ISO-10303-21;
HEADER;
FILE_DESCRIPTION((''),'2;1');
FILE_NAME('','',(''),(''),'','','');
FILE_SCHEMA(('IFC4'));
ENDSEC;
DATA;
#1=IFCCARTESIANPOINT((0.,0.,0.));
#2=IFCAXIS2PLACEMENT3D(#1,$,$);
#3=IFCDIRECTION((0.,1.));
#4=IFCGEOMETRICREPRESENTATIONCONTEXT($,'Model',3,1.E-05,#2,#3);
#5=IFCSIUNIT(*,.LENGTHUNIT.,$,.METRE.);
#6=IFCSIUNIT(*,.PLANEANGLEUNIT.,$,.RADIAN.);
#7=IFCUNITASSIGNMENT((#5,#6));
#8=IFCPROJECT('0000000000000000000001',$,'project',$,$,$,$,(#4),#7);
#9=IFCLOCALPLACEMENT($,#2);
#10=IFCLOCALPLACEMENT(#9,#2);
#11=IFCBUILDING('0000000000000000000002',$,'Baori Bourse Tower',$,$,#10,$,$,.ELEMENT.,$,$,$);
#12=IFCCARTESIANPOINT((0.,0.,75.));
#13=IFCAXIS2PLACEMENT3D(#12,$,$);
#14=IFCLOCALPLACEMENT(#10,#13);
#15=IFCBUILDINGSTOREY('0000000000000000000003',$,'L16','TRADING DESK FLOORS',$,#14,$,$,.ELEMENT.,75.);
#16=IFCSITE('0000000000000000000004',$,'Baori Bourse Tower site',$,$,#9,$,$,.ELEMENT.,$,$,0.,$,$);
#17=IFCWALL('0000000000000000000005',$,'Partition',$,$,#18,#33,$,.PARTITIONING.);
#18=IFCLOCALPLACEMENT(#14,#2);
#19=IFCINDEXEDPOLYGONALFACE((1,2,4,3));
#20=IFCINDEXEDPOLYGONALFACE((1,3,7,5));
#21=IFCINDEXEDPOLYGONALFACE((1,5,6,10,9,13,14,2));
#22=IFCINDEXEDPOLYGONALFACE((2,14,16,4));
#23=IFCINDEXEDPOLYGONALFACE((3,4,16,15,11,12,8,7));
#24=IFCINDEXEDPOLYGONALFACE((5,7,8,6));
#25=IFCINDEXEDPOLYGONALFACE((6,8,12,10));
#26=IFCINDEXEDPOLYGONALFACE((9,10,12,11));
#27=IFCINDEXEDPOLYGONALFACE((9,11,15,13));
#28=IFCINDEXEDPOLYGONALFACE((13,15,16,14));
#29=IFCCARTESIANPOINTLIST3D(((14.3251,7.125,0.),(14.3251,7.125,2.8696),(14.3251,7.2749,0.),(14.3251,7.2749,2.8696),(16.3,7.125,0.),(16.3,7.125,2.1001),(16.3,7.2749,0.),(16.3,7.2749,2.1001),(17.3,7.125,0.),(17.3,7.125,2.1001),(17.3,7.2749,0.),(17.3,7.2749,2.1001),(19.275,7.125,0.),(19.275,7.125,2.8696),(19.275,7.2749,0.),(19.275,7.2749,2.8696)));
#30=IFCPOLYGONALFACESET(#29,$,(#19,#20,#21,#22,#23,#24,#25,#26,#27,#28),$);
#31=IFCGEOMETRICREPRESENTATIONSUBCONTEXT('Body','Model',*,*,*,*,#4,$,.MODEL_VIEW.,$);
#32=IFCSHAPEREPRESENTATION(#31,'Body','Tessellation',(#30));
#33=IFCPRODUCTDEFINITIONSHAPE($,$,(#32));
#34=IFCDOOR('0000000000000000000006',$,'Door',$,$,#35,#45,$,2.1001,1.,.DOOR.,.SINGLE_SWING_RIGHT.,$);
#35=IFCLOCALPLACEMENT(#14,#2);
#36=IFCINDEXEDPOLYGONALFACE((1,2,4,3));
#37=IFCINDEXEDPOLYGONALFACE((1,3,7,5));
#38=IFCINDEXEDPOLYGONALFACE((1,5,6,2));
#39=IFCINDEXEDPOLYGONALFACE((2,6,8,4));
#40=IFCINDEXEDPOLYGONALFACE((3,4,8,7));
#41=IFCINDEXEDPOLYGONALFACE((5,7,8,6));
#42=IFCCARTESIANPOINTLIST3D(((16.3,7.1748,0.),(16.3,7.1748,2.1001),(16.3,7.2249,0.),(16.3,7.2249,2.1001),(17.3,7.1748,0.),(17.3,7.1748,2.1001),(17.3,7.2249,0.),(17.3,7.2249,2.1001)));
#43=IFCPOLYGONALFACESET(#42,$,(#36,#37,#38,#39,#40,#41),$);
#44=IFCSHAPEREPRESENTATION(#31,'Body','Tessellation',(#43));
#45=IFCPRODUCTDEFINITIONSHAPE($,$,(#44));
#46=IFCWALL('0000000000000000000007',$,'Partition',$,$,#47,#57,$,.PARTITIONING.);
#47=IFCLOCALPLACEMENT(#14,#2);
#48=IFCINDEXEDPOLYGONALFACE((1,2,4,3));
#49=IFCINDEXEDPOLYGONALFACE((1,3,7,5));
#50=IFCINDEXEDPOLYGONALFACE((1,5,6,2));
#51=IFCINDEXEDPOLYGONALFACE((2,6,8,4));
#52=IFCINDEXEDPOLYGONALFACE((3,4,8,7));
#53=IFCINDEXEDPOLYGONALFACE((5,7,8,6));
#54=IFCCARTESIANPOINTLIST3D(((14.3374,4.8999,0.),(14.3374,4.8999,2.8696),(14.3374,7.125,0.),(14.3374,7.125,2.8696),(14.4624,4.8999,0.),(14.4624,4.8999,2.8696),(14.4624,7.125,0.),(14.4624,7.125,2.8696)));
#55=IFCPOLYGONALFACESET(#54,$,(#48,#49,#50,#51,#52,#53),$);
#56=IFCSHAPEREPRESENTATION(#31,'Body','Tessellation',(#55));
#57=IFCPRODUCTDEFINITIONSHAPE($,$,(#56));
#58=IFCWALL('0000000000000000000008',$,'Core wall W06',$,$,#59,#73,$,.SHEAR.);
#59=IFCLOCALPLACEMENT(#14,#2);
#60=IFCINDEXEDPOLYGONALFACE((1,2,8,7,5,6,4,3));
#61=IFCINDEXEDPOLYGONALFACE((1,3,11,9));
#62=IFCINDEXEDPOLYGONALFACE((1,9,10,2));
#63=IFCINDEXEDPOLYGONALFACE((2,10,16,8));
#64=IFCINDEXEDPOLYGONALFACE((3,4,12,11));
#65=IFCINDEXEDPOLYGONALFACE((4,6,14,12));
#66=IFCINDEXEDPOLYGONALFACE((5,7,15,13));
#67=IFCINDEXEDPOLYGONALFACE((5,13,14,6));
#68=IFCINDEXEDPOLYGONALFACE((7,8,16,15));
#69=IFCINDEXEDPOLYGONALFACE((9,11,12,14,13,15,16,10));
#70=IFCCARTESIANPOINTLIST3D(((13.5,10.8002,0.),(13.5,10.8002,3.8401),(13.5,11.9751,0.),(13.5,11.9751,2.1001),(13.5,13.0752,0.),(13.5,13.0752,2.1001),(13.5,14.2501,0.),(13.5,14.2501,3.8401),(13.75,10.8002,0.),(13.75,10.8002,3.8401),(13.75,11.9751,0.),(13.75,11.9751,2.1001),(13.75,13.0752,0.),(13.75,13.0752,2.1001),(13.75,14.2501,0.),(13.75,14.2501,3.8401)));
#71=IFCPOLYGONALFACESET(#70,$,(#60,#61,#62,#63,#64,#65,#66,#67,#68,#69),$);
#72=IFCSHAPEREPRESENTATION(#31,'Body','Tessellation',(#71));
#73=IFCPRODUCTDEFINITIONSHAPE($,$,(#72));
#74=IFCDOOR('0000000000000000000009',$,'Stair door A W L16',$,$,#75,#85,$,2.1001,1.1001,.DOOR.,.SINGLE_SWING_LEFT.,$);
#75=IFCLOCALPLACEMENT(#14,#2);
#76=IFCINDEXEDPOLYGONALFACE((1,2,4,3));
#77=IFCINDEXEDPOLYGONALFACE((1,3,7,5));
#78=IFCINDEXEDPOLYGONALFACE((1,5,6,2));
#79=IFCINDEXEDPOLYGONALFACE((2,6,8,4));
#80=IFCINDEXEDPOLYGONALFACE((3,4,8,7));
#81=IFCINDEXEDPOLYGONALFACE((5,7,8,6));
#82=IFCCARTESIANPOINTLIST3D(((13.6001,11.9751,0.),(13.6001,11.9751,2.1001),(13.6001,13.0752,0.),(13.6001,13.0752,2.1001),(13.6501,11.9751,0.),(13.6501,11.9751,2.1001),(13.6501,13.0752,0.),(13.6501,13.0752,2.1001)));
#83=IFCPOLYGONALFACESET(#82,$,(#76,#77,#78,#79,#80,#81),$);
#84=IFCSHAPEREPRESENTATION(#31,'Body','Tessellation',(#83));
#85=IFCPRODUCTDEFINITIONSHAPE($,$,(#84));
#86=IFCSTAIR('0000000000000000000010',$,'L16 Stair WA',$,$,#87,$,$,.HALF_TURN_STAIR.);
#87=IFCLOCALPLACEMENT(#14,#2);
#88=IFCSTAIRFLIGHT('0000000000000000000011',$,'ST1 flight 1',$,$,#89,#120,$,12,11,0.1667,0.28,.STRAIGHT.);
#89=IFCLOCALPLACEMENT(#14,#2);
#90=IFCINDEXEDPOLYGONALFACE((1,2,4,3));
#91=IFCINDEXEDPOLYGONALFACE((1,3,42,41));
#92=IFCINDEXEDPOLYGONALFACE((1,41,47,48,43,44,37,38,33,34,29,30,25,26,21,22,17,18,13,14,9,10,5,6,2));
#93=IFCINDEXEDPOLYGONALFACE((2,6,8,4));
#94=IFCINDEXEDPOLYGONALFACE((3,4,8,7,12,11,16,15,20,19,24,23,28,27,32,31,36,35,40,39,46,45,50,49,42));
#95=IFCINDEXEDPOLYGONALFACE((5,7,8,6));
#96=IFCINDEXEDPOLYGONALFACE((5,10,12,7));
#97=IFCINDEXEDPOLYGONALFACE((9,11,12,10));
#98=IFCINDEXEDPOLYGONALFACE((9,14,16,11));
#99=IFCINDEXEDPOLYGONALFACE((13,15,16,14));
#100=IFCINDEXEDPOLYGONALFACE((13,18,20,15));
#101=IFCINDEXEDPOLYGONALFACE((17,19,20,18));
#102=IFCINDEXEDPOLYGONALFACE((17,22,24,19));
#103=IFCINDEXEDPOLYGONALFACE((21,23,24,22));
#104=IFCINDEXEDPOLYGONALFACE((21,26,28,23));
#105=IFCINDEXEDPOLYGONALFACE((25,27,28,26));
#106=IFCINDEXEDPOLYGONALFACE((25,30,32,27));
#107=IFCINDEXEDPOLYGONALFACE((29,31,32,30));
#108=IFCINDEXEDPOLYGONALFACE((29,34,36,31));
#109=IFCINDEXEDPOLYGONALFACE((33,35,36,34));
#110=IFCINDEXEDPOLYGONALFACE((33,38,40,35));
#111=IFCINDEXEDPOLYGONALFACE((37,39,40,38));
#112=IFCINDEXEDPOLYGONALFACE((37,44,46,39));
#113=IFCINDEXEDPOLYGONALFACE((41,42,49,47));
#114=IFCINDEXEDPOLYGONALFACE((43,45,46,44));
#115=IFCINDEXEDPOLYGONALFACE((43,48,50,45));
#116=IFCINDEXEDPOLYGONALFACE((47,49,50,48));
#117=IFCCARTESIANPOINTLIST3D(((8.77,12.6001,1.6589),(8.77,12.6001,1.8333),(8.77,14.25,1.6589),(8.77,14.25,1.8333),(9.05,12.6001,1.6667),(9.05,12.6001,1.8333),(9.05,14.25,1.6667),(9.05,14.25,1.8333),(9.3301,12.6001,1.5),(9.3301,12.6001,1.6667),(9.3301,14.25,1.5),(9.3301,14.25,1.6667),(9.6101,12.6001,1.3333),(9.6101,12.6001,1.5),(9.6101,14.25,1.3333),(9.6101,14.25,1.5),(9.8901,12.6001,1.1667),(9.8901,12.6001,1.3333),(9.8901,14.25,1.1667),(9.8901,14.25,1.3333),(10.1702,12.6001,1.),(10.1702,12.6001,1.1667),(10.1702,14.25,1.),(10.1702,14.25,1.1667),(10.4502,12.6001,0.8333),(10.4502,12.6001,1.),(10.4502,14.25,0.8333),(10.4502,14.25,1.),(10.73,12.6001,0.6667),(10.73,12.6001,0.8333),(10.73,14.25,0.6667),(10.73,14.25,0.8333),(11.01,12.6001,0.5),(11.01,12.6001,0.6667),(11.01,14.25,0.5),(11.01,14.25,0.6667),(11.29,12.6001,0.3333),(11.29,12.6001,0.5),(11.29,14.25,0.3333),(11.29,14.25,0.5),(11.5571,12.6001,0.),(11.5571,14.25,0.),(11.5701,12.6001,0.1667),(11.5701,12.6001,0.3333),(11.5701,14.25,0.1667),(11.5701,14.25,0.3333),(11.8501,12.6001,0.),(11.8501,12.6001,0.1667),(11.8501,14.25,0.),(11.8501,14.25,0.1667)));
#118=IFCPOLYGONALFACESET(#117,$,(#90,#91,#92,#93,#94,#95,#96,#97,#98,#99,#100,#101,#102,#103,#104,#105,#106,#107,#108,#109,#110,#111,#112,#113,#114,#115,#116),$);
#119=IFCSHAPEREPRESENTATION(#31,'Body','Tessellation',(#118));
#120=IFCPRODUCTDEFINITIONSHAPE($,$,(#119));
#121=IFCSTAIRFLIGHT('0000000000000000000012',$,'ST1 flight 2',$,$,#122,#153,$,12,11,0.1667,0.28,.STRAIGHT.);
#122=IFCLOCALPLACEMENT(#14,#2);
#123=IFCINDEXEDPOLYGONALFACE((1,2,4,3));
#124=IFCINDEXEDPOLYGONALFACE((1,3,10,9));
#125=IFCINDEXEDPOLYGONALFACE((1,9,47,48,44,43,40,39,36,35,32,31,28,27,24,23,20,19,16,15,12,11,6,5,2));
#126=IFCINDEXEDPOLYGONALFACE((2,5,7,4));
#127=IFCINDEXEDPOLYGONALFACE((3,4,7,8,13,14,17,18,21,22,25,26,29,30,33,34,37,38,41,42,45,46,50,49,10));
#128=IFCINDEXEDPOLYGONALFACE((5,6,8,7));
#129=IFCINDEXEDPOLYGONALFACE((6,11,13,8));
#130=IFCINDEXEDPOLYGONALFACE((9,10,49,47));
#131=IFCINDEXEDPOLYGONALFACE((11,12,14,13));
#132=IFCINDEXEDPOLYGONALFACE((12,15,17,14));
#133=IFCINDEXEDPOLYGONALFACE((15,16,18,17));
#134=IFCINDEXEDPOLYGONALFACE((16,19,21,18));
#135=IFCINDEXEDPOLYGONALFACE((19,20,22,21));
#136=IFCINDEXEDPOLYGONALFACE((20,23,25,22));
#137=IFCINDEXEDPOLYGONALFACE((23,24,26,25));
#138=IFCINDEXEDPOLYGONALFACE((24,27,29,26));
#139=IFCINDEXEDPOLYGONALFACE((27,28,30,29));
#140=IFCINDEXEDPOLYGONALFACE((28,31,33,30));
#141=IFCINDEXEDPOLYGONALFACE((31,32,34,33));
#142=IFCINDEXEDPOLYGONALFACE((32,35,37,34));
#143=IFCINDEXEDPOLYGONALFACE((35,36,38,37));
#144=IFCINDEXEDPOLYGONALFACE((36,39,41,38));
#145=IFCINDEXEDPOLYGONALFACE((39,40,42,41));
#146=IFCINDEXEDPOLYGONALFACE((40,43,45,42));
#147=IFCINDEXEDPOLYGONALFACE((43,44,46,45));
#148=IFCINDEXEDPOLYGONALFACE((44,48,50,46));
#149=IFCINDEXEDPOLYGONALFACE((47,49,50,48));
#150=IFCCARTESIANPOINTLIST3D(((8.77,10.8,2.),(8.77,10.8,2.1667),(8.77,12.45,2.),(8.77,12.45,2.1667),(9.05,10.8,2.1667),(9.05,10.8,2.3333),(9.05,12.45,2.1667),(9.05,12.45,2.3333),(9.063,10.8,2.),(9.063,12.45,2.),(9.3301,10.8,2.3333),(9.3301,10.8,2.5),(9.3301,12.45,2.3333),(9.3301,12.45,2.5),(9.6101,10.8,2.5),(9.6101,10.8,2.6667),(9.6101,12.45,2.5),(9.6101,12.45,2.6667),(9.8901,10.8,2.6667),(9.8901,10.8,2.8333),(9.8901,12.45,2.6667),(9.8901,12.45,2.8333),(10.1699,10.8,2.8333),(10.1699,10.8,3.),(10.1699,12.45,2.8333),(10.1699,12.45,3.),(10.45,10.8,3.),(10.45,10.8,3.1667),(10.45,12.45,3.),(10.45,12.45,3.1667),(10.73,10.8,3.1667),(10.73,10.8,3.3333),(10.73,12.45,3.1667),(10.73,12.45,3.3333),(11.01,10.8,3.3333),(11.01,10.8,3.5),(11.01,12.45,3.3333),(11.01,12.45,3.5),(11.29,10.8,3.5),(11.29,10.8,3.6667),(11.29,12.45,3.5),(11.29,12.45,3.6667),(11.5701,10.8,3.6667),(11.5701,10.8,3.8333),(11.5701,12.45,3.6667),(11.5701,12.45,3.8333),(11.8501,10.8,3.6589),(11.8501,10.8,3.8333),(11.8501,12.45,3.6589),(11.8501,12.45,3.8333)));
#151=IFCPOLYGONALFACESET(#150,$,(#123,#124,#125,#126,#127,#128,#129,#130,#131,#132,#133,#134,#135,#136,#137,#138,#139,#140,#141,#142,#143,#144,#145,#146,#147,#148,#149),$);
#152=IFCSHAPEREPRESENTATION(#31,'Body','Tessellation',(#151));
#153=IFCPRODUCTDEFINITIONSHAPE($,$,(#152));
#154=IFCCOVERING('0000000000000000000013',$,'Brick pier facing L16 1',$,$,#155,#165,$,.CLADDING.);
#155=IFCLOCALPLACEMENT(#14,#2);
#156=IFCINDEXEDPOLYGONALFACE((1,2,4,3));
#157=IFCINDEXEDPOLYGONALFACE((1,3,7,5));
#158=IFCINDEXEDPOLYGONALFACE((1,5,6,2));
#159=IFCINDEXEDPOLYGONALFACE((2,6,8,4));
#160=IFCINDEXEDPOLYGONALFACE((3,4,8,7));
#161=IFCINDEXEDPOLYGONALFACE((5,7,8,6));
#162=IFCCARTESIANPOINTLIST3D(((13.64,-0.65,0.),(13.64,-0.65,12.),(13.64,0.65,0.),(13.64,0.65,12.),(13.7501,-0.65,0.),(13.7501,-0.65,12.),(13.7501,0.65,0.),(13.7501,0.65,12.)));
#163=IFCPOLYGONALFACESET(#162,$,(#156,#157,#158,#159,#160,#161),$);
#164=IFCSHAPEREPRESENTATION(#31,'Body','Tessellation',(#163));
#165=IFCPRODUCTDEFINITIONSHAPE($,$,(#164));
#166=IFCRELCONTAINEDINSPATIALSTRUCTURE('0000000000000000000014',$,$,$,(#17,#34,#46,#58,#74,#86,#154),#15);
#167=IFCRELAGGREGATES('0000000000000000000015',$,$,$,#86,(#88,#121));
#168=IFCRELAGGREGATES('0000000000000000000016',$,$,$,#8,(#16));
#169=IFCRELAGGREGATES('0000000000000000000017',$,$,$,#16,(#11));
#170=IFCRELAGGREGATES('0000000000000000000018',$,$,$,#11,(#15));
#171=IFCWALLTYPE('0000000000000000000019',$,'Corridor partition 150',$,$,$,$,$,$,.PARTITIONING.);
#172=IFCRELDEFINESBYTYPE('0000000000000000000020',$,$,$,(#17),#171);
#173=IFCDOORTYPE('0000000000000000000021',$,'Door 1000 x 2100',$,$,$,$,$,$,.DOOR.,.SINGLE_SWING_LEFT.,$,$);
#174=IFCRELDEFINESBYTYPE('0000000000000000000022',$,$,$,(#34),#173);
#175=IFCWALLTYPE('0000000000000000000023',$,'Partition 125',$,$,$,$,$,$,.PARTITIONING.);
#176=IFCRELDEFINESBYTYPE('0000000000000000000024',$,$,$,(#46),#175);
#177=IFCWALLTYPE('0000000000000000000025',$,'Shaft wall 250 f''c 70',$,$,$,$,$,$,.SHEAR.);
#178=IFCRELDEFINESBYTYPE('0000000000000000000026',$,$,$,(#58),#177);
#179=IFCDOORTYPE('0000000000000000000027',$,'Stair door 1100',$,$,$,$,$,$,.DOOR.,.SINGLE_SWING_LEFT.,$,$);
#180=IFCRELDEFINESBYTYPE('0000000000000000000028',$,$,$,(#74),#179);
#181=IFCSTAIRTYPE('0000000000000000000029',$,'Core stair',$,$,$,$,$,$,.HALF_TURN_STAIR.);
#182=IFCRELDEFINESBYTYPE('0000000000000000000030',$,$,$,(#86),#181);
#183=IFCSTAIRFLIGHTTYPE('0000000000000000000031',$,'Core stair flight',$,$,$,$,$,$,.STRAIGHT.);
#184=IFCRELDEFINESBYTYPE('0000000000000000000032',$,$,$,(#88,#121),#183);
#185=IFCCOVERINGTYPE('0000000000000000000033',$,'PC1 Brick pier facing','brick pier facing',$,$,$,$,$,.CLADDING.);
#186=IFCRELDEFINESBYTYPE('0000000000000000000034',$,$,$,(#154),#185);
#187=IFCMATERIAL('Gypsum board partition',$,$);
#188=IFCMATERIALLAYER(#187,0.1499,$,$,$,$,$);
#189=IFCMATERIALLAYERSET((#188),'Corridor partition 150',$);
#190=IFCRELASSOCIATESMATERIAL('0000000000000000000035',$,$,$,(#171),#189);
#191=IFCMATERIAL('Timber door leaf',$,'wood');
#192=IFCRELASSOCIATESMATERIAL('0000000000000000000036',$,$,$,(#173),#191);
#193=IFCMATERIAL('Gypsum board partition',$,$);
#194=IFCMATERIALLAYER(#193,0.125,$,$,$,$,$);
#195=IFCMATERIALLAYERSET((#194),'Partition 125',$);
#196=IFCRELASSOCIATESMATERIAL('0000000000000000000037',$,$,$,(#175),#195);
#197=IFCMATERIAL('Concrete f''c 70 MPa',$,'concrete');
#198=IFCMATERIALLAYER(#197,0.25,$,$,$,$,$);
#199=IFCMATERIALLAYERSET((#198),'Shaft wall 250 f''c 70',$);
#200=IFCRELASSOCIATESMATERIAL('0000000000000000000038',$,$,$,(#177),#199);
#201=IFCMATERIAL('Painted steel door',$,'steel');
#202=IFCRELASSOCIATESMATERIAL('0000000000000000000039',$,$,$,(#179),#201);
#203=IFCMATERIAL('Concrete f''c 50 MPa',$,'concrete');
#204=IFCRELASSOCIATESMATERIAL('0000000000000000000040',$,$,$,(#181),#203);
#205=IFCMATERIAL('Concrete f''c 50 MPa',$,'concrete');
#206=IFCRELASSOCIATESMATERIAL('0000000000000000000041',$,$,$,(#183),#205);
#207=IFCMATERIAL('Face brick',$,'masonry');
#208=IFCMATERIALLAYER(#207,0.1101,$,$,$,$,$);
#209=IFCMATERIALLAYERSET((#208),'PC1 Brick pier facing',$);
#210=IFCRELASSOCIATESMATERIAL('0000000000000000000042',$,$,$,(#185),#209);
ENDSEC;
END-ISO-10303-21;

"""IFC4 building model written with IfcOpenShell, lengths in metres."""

from ifc_helpers import new_model, si_unit, direction, frame, frame_2d, origin, origin_2d, place, context, subcontext, project, spatial, polyline, rectangle, outline, extrude, material, layer, layer_set, type_object, element, fill, aggregate, save


model = new_model("IFC4")

# Units and contexts
model_context = context("Model", 3, precision=1e-05, world=origin(), true_north=direction((0.0, 1.0)))
body_context = subcontext(model_context, "Body", "Model", "MODEL_VIEW")
ifc_project = project(units=[si_unit("LENGTHUNIT", "METRE"), si_unit("PLANEANGLEUNIT", "RADIAN")], contexts=[model_context])

# Site, building, storey
site_placement = place(None, origin())
site = spatial("IfcSite", under=ifc_project, at=site_placement, Name="Baori Bourse Tower site", CompositionType="ELEMENT", RefElevation=0.0)
building_placement = place(site_placement, origin())
building = spatial("IfcBuilding", under=site, at=building_placement, Name="Baori Bourse Tower", CompositionType="ELEMENT")
storey_placement = place(building_placement, frame((0.0, 0.0, 75.0)))
storey = spatial("IfcBuildingStorey", under=building, at=storey_placement, Name="L16", Description="TRADING DESK FLOORS", CompositionType="ELEMENT", Elevation=75.0)

# Wall, opening, door
ifc_material_1 = material(Name="Gypsum board partition")
ifc_layer_1 = layer(ifc_material_1, 0.1499)
ifc_layer_set_1 = layer_set([ifc_layer_1], Name="Corridor partition 150")
wall_type_1 = type_object("IfcWallType", Name="Corridor partition 150", PredefinedType="PARTITIONING", material=ifc_layer_set_1)
wall_1_placement = place(storey_placement, frame((14.325, 7.2, 0.0), z_axis=(0.0, 0.0, 1.0), x_axis=(1.0, 0.0, 0.0)))
wall_1 = element("IfcWall", 1, at=wall_1_placement, inside=storey, type_object=wall_type_1, Name="Partition", PredefinedType="PARTITIONING", context=body_context, shape_type="SweptSolid", body=[
    extrude(rectangle(XDim=4.95, YDim=0.1499, at=frame_2d((2.4751, 0.0))), origin(), (0.0, 0.0, 1.0), 2.8696),
])
opening_1_placement = place(wall_1_placement, frame((1.9751, 0.0, 0.0)))
opening_1 = element("IfcOpeningElement", 2, at=opening_1_placement, cuts=wall_1, PredefinedType="OPENING", context=body_context, shape_type="SweptSolid", body=[
    extrude(rectangle(XDim=1.0, YDim=2.1001, at=frame_2d((0.5, 1.05))), frame((0.0, 0.085, 0.0), z_axis=(0.0, -1.0, 0.0), x_axis=(1.0, 0.0, 0.0)), (0.0, 0.0, 1.0), 0.1699),
])
ifc_material_2 = material(Name="Timber door leaf", Category="wood")
door_type_1 = type_object("IfcDoorType", Name="Door 1000 x 2100", OperationType="SINGLE_SWING_LEFT", PredefinedType="DOOR", material=ifc_material_2)
door_1_placement = place(opening_1_placement, origin())
door_1 = element("IfcDoor", 3, at=door_1_placement, inside=storey, type_object=door_type_1, Name="Door", OperationType="SINGLE_SWING_RIGHT", OverallHeight=2.1001, OverallWidth=1.0, PredefinedType="DOOR", context=body_context, shape_type="SweptSolid", body=[
    extrude(rectangle(XDim=1.0, YDim=2.1001, at=frame_2d((0.5, 1.05))), frame((0.0, 0.0249, 0.0), z_axis=(0.0, -1.0, 0.0), x_axis=(1.0, 0.0, 0.0)), (0.0, 0.0, 1.0), 0.05),
])
fill(opening_1, door_1)

# Wall
ifc_material_3 = material(Name="Gypsum board partition")
ifc_layer_2 = layer(ifc_material_3, 0.125)
ifc_layer_set_2 = layer_set([ifc_layer_2], Name="Partition 125")
wall_type_2 = type_object("IfcWallType", Name="Partition 125", PredefinedType="PARTITIONING", material=ifc_layer_set_2)
wall_2_placement = place(storey_placement, frame((14.3999, 4.8999, 0.0), z_axis=(0.0, 0.0, 1.0), x_axis=(0.0, 1.0, 0.0)))
element("IfcWall", 4, at=wall_2_placement, inside=storey, type_object=wall_type_2, Name="Partition", PredefinedType="PARTITIONING", context=body_context, shape_type="SweptSolid", body=[
    extrude(rectangle(XDim=2.2251, YDim=0.125, at=frame_2d((1.1125, 0.0))), origin(), (0.0, 0.0, 1.0), 2.8696),
])

# Wall, opening, door
ifc_material_4 = material(Name="Concrete f'c 70 MPa", Category="concrete")
ifc_layer_3 = layer(ifc_material_4, 0.25)
ifc_layer_set_3 = layer_set([ifc_layer_3], Name="Shaft wall 250 f'c 70")
wall_type_3 = type_object("IfcWallType", Name="Shaft wall 250 f'c 70", PredefinedType="SHEAR", material=ifc_layer_set_3)
wall_3_placement = place(storey_placement, frame((13.625, 10.8, 0.0), z_axis=(0.0, 0.0, 1.0), x_axis=(0.0, 1.0, 0.0)))
wall_3 = element("IfcWall", 5, at=wall_3_placement, inside=storey, type_object=wall_type_3, Name="Core wall W06", PredefinedType="SHEAR", context=body_context, shape_type="SweptSolid", body=[
    extrude(rectangle(XDim=3.45, YDim=0.25, at=frame_2d((1.7251, 0.0))), origin(), (0.0, 0.0, 1.0), 3.8401),
])
opening_2_placement = place(wall_3_placement, frame((1.175, 0.0, 0.0)))
opening_2 = element("IfcOpeningElement", 6, at=opening_2_placement, cuts=wall_3, PredefinedType="OPENING", context=body_context, shape_type="SweptSolid", body=[
    extrude(rectangle(XDim=1.1001, YDim=2.1001, at=frame_2d((0.55, 1.05))), frame((0.0, 0.135, 0.0), z_axis=(0.0, -1.0, 0.0), x_axis=(1.0, 0.0, 0.0)), (0.0, 0.0, 1.0), 0.27),
])
ifc_material_5 = material(Name="Painted steel door", Category="steel")
door_type_2 = type_object("IfcDoorType", Name="Stair door 1100", OperationType="SINGLE_SWING_LEFT", PredefinedType="DOOR", material=ifc_material_5)
door_2_placement = place(opening_2_placement, origin())
door_2 = element("IfcDoor", 7, at=door_2_placement, inside=storey, type_object=door_type_2, Name="Stair door A W L16", OperationType="SINGLE_SWING_LEFT", OverallHeight=2.1001, OverallWidth=1.1001, PredefinedType="DOOR", context=body_context, shape_type="SweptSolid", body=[
    extrude(rectangle(XDim=1.1001, YDim=2.1001, at=frame_2d((0.55, 1.05))), frame((0.0, 0.0249, 0.0), z_axis=(0.0, -1.0, 0.0), x_axis=(1.0, 0.0, 0.0)), (0.0, 0.0, 1.0), 0.05),
])
fill(opening_2, door_2)

# Stair, stair flights
ifc_material_6 = material(Name="Concrete f'c 50 MPa", Category="concrete")
stair_type = type_object("IfcStairType", Name="Core stair", PredefinedType="HALF_TURN_STAIR", material=ifc_material_6)
stair_placement = place(storey_placement, origin())
stair = element("IfcStair", 8, at=stair_placement, inside=storey, type_object=stair_type, Name="L16 Stair WA", PredefinedType="HALF_TURN_STAIR")
ifc_material_7 = material(Name="Concrete f'c 50 MPa", Category="concrete")
stair_flight_type = type_object("IfcStairFlightType", Name="Core stair flight", PredefinedType="STRAIGHT", material=ifc_material_7)
stair_flight_1_placement = place(storey_placement, frame((11.8501, 13.425, 0.0), z_axis=(0.0, 0.0, 1.0), x_axis=(-1.0, 0.0, 0.0)))
stair_flight_1 = element("IfcStairFlight", 9, at=stair_flight_1_placement, type_object=stair_flight_type, Name="ST1 flight 1", NumberOfRisers=12, NumberOfTreads=11, PredefinedType="STRAIGHT", RiserHeight=0.1667, TreadLength=0.28, context=body_context, shape_type="SweptSolid", body=[
    extrude(outline(polyline([(0.0, 0.0), (0.0, 0.1667), (0.28, 0.1667), (0.28, 0.3333), (0.5601, 0.3333), (0.5601, 0.5), (0.8401, 0.5), (0.8401, 0.6667), (1.1201, 0.6667), (1.1201, 0.8333), (1.3999, 0.8333), (1.3999, 1.0), (1.6799, 1.0), (1.6799, 1.1667), (1.96, 1.1667), (1.96, 1.3333), (2.24, 1.3333), (2.24, 1.5), (2.52, 1.5), (2.52, 1.6667), (2.8, 1.6667), (2.8, 1.8333), (3.0801, 1.8333), (3.0801, 2.0), (3.0801, 1.6589), (0.293, 0.0), (0.0, 0.0)])), frame((0.0, 0.825, 0.0), z_axis=(0.0, -1.0, 0.0), x_axis=(1.0, 0.0, 0.0)), (0.0, 0.0, 1.0), 1.6499),
])
stair_flight_2_placement = place(storey_placement, frame((8.77, 11.625, 2.0), z_axis=(0.0, 0.0, 1.0), x_axis=(1.0, 0.0, 0.0)))
stair_flight_2 = element("IfcStairFlight", 10, at=stair_flight_2_placement, type_object=stair_flight_type, Name="ST1 flight 2", NumberOfRisers=12, NumberOfTreads=11, PredefinedType="STRAIGHT", RiserHeight=0.1667, TreadLength=0.28, context=body_context, shape_type="SweptSolid", body=[
    extrude(outline(polyline([(0.0, 0.0), (0.0, 0.1667), (0.28, 0.1667), (0.28, 0.3333), (0.5601, 0.3333), (0.5601, 0.5), (0.8401, 0.5), (0.8401, 0.6667), (1.1201, 0.6667), (1.1201, 0.8333), (1.3999, 0.8333), (1.3999, 1.0), (1.6799, 1.0), (1.6799, 1.1667), (1.96, 1.1667), (1.96, 1.3333), (2.24, 1.3333), (2.24, 1.5), (2.52, 1.5), (2.52, 1.6667), (2.8, 1.6667), (2.8, 1.8333), (3.0801, 1.8333), (3.0801, 2.0), (3.0801, 1.6589), (0.293, 0.0), (0.0, 0.0)])), frame((0.0, 0.825, 0.0), z_axis=(0.0, -1.0, 0.0), x_axis=(1.0, 0.0, 0.0)), (0.0, 0.0, 1.0), 1.6499),
])
aggregate(stair, [stair_flight_1, stair_flight_2])

# Covering
ifc_material_8 = material(Name="Face brick", Category="masonry")
ifc_layer_4 = layer(ifc_material_8, 0.1101)
ifc_layer_set_4 = layer_set([ifc_layer_4], Name="PC1 Brick pier facing")
covering_type = type_object("IfcCoveringType", Name="PC1 Brick pier facing", Description="brick pier facing", PredefinedType="CLADDING", material=ifc_layer_set_4)
covering_placement = place(storey_placement, frame((13.6951, 0.0, 0.0), z_axis=(0.0, 0.0, 1.0), x_axis=(1.0, 0.0, 0.0)))
element("IfcCovering", 11, at=covering_placement, inside=storey, type_object=covering_type, Name="Brick pier facing L16 1", PredefinedType="CLADDING", context=body_context, shape_type="SweptSolid", body=[
    extrude(rectangle(XDim=0.1101, YDim=1.3, at=origin_2d()), origin(), (0.0, 0.0, 1.0), 12.0),
])

save(model, "model.ifc")
